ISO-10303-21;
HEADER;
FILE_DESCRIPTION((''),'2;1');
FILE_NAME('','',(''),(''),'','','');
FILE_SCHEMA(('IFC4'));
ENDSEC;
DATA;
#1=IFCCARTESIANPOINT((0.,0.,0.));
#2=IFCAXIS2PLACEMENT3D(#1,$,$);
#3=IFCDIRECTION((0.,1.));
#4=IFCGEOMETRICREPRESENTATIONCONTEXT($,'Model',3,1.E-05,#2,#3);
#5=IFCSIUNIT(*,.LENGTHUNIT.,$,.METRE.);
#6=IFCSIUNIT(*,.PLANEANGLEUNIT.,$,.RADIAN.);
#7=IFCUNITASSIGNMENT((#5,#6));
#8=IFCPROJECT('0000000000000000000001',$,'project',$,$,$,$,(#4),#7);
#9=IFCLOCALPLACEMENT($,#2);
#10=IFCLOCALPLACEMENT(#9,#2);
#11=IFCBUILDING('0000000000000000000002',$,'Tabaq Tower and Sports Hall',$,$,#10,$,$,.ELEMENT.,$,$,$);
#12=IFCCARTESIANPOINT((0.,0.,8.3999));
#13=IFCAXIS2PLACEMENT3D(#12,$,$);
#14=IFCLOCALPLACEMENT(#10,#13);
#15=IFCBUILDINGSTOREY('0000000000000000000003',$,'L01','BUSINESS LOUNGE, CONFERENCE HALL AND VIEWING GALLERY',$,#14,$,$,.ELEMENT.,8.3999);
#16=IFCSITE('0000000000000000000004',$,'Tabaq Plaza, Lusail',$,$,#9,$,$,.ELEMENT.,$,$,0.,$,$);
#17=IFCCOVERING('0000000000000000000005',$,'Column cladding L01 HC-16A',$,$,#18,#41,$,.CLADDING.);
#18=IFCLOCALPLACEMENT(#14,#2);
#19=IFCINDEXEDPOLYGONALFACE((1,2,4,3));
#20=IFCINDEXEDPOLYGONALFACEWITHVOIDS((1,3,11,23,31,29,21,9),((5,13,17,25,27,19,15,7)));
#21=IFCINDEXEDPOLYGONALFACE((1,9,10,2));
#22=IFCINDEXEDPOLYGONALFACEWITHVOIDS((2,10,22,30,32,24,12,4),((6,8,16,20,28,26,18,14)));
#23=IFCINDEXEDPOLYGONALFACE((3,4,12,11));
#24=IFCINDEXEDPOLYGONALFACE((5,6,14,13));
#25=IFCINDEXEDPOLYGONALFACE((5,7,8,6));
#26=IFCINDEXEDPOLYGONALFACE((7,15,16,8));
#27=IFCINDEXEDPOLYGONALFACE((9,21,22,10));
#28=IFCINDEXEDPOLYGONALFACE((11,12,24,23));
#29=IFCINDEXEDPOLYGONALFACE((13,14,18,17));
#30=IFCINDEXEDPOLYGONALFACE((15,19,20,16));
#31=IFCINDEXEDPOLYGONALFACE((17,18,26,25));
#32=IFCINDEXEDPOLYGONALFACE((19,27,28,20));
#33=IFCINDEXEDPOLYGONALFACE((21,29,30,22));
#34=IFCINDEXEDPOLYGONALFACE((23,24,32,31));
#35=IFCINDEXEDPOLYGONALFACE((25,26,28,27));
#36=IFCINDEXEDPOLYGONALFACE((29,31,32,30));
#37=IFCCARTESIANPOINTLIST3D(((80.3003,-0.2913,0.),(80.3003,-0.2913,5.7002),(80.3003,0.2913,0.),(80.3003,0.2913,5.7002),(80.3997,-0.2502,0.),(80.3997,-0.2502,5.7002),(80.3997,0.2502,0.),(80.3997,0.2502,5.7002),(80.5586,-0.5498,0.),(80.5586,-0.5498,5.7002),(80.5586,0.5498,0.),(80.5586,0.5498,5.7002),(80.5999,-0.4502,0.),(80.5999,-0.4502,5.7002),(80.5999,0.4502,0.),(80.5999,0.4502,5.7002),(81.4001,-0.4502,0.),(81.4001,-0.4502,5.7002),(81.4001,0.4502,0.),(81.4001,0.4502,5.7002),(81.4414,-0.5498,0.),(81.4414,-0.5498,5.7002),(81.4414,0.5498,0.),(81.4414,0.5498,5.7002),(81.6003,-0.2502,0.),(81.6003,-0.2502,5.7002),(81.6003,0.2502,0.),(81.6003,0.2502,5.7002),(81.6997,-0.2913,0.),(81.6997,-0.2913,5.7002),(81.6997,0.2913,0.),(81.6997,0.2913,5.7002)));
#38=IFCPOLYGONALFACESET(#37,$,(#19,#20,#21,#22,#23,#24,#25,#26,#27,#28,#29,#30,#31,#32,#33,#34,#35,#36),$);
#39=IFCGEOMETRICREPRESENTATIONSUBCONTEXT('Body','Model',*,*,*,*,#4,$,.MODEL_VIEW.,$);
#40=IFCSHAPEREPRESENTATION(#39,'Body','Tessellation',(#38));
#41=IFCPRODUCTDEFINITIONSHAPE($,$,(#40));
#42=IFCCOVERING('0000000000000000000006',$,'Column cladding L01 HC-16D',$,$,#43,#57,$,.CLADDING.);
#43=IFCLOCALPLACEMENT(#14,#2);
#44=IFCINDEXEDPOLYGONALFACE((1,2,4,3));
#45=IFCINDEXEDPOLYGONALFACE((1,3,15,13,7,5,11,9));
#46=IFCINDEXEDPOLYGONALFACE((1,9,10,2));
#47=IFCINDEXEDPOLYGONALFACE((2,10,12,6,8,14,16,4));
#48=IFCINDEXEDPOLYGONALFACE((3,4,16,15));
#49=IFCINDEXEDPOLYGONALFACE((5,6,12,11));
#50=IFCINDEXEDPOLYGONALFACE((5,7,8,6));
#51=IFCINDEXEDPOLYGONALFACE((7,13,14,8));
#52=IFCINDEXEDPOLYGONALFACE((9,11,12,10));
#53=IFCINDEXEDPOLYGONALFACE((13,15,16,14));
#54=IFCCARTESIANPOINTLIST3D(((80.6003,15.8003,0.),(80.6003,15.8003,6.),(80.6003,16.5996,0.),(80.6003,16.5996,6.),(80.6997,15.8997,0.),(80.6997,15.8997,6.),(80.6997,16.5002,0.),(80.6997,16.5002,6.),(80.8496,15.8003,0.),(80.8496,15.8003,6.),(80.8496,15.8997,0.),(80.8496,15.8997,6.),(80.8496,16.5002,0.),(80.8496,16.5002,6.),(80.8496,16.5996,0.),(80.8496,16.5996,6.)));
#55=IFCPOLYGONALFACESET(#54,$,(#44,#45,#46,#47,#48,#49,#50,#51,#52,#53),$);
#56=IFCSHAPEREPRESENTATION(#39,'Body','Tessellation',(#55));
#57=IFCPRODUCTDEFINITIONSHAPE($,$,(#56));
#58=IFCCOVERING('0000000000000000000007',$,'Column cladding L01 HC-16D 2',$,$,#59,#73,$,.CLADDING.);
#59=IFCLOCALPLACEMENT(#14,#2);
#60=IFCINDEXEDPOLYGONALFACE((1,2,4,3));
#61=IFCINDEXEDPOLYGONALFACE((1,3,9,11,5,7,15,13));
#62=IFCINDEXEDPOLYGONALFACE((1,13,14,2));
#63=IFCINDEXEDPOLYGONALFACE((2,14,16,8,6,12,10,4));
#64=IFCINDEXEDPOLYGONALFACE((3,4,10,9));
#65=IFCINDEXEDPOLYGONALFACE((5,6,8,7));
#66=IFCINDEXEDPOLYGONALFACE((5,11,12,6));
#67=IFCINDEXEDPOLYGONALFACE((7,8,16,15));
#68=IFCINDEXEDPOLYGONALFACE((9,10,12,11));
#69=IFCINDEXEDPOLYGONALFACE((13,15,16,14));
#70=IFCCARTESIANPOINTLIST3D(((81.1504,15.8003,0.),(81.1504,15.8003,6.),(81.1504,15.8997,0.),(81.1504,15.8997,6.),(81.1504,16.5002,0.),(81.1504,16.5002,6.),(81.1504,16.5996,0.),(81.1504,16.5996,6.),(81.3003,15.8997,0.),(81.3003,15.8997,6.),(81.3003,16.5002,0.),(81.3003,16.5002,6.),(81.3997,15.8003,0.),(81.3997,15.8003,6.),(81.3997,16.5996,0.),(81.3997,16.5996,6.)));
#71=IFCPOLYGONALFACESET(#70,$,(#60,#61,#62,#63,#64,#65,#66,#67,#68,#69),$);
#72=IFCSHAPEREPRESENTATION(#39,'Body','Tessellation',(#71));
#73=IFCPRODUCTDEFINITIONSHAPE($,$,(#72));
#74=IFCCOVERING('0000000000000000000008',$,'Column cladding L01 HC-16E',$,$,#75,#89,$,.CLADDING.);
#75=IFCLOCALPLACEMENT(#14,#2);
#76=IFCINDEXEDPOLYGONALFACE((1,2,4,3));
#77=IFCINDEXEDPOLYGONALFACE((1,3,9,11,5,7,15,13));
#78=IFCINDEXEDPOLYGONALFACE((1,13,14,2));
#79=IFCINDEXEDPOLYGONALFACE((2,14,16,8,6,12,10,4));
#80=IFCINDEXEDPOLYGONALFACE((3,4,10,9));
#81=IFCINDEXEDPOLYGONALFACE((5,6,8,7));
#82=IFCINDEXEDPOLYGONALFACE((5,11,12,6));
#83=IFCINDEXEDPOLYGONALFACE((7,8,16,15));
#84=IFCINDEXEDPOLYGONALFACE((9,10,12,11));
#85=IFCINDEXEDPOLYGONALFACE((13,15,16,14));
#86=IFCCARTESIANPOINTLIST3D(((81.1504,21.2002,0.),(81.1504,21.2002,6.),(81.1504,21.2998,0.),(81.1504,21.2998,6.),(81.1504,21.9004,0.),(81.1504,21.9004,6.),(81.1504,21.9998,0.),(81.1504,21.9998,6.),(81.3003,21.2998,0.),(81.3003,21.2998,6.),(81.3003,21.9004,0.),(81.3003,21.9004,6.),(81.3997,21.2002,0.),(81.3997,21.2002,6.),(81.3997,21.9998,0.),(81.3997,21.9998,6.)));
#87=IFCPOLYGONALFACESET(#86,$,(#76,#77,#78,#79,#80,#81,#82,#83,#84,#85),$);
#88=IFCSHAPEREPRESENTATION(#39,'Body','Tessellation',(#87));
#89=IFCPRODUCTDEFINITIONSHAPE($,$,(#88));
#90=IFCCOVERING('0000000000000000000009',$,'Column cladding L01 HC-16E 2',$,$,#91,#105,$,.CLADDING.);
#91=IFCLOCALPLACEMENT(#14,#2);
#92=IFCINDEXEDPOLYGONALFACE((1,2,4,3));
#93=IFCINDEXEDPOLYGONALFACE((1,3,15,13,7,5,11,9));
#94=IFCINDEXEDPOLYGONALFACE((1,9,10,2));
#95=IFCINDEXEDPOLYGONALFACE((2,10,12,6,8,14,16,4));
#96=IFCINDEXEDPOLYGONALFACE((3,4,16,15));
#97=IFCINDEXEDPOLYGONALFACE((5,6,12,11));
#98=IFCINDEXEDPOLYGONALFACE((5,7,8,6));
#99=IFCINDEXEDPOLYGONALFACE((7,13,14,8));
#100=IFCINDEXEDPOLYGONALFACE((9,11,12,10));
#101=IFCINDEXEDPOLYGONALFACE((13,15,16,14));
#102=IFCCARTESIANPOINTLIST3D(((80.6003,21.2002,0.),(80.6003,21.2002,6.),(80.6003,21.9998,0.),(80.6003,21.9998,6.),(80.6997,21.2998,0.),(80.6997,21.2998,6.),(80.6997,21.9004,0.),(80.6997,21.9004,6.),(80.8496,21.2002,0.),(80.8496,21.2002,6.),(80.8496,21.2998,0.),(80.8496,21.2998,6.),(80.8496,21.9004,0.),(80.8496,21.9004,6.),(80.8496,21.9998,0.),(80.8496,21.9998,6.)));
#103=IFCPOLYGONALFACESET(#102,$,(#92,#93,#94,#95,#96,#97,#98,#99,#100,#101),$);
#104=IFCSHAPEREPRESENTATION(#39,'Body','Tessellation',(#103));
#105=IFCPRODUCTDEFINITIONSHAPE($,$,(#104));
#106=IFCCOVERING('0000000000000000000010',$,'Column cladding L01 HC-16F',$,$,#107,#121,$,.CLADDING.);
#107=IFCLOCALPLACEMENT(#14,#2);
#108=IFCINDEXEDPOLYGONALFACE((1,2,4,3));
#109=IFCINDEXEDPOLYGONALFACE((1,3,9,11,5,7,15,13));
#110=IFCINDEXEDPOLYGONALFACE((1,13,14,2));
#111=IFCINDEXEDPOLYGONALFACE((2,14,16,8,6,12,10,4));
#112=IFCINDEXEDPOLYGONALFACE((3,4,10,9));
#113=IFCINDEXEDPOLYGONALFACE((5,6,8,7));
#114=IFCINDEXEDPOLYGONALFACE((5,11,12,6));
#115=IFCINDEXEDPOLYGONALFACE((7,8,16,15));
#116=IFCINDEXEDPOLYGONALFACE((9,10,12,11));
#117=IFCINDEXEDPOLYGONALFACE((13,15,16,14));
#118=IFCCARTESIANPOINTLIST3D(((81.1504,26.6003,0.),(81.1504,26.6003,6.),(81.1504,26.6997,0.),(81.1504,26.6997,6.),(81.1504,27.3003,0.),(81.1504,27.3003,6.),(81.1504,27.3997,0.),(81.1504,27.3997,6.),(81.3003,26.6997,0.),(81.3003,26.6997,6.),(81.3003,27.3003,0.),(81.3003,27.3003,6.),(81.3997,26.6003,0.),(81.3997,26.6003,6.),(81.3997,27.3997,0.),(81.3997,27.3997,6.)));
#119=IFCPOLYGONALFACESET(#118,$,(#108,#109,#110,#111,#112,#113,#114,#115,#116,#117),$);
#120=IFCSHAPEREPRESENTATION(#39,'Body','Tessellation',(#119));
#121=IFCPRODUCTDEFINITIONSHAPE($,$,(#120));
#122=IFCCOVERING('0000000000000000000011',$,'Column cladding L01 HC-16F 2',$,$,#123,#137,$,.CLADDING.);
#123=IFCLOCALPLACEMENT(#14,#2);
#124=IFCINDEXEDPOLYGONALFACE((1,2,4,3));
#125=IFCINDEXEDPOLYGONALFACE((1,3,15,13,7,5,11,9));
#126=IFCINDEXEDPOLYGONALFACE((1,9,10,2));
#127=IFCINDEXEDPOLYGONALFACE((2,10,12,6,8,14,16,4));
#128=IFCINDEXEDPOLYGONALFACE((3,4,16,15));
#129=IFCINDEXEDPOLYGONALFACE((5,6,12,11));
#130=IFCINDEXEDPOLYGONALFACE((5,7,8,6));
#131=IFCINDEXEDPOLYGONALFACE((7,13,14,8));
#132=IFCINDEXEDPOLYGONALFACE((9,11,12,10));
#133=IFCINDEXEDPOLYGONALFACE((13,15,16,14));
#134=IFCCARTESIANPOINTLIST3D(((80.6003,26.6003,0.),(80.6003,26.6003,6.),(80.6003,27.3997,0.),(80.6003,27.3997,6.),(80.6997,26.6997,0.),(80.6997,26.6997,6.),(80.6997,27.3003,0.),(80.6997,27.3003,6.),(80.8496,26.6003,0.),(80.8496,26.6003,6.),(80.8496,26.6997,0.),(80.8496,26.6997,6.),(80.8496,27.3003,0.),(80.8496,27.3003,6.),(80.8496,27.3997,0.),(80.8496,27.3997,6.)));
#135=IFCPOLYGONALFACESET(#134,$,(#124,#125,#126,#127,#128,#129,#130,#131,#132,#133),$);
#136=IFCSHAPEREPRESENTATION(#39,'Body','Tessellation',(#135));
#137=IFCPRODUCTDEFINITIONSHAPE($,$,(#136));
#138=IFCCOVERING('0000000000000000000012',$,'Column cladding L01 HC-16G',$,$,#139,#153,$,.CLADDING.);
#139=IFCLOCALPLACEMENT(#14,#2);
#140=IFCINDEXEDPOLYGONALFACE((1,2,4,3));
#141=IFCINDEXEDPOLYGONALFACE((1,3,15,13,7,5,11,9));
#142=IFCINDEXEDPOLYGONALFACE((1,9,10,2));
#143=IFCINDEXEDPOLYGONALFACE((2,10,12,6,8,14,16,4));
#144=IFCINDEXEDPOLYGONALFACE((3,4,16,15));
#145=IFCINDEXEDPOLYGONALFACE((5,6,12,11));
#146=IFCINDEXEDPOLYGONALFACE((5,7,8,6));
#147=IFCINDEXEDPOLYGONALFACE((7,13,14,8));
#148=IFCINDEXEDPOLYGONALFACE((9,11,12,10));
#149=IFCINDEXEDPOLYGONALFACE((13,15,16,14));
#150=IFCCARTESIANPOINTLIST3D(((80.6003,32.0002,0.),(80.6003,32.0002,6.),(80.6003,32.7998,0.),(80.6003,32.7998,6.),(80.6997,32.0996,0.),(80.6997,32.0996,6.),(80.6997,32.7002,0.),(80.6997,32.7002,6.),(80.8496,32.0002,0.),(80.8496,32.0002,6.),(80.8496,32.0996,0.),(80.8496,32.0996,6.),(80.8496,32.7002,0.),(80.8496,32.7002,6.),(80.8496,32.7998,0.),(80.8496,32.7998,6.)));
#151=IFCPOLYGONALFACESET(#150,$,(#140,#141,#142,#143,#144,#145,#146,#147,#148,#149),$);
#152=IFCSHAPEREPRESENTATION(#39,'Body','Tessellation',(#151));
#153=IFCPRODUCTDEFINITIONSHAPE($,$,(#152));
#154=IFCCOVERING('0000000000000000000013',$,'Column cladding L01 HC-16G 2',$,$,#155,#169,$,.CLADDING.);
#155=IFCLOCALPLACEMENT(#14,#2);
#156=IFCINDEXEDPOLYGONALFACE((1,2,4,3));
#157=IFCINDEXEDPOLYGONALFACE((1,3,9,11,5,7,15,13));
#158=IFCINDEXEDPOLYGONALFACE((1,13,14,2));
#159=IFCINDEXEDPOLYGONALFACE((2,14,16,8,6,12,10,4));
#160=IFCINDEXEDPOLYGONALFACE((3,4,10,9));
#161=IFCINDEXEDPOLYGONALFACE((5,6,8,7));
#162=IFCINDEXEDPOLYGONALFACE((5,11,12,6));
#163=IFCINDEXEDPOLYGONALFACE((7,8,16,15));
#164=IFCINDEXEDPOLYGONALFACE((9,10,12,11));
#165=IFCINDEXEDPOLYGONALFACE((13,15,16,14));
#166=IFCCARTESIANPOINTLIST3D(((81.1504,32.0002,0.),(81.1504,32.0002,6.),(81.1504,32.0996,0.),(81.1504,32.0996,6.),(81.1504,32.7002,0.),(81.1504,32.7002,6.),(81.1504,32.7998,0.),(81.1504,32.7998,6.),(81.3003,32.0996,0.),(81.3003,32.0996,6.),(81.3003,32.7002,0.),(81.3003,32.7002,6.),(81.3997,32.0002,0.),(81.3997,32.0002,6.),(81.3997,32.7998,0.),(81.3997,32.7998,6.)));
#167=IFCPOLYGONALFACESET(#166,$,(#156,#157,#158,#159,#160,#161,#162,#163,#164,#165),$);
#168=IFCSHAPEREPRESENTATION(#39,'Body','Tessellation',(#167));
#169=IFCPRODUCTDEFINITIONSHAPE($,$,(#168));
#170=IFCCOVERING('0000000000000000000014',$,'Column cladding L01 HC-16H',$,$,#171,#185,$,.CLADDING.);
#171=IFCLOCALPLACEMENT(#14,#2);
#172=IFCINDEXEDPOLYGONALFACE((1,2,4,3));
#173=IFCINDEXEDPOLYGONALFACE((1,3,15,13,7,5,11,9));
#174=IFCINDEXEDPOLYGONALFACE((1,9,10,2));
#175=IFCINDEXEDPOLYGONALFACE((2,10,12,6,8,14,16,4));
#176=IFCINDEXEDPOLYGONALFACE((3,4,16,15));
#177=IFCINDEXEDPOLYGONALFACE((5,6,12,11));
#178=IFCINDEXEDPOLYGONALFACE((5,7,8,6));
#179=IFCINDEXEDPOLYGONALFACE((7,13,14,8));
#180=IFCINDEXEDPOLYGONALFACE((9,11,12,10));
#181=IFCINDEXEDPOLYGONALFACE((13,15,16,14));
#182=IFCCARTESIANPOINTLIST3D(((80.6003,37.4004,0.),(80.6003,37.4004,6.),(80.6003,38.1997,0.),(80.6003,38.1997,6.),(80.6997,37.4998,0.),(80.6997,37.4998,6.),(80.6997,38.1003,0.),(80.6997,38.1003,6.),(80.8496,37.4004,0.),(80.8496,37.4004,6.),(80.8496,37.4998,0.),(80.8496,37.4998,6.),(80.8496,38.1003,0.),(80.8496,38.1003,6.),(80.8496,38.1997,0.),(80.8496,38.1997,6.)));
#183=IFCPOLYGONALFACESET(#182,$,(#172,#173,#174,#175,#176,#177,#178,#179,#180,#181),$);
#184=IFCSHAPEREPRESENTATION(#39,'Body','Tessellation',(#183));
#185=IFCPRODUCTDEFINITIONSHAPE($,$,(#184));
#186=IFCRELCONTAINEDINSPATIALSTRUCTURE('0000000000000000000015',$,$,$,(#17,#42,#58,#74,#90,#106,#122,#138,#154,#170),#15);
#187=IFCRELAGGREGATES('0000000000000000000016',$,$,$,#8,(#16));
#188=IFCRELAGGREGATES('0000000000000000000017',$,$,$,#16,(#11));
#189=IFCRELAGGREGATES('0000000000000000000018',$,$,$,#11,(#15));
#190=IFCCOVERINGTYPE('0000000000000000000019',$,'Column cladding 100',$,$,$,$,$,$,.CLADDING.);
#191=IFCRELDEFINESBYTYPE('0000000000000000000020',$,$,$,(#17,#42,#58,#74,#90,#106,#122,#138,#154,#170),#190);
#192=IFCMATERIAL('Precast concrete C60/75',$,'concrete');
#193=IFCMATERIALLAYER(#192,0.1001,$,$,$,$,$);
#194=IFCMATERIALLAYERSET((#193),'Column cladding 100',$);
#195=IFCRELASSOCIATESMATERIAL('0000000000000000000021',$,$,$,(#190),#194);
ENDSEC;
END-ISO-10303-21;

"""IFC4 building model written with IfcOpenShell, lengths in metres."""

from ifc_helpers import new_model, si_unit, direction, frame, origin, place, context, subcontext, project, spatial, polyline, outline, extrude, material, layer, layer_set, type_object, element, save


model = new_model("IFC4")

# Units and contexts
model_context = context("Model", 3, precision=1e-05, world=origin(), true_north=direction((0.0, 1.0)))
body_context = subcontext(model_context, "Body", "Model", "MODEL_VIEW")
ifc_project = project(units=[si_unit("LENGTHUNIT", "METRE"), si_unit("PLANEANGLEUNIT", "RADIAN")], contexts=[model_context])

# Site, building, storey
site_placement = place(None, origin())
site = spatial("IfcSite", under=ifc_project, at=site_placement, Name="Tabaq Plaza, Lusail", CompositionType="ELEMENT", RefElevation=0.0)
building_placement = place(site_placement, origin())
building = spatial("IfcBuilding", under=site, at=building_placement, Name="Tabaq Tower and Sports Hall", CompositionType="ELEMENT")
storey_placement = place(building_placement, frame((0.0, 0.0, 8.3999)))
storey = spatial("IfcBuildingStorey", under=building, at=storey_placement, Name="L01", Description="BUSINESS LOUNGE, CONFERENCE HALL AND VIEWING GALLERY", CompositionType="ELEMENT", Elevation=8.3999)

# Coverings
ifc_material_1 = material(Name="Precast concrete C60/75", Category="concrete")
ifc_layer_1 = layer(ifc_material_1, 0.1001)
ifc_layer_set_1 = layer_set([ifc_layer_1], Name="Column cladding 100")
covering_type = type_object("IfcCoveringType", Name="Column cladding 100", PredefinedType="CLADDING", material=ifc_layer_set_1)
covering_1_placement = place(storey_placement, origin())
element("IfcCovering", 1, at=covering_1_placement, inside=storey, type_object=covering_type, Name="Column cladding L01 HC-16A", PredefinedType="CLADDING", context=body_context, shape_type="SweptSolid", body=[
    extrude(outline(polyline([(80.3003, -0.2913), (80.3003, 0.2913), (80.5586, 0.5498), (81.4414, 0.5498), (81.6997, 0.2913), (81.6997, -0.2913), (81.4414, -0.5498), (80.5586, -0.5498), (80.3003, -0.2913)]), holes=[polyline([(81.4001, -0.4502), (81.6003, -0.2502), (81.6003, 0.2502), (81.4001, 0.4502), (80.5999, 0.4502), (80.3997, 0.2502), (80.3997, -0.2502), (80.5999, -0.4502), (81.4001, -0.4502)])]), origin(), (0.0, 0.0, 1.0), 5.7002),
])
covering_2_placement = place(storey_placement, origin())
element("IfcCovering", 2, at=covering_2_placement, inside=storey, type_object=covering_type, Name="Column cladding L01 HC-16D", PredefinedType="CLADDING", context=body_context, shape_type="SweptSolid", body=[
    extrude(outline(polyline([(80.8496, 16.5996), (80.8496, 16.5002), (80.6997, 16.5002), (80.6997, 15.8997), (80.8496, 15.8997), (80.8496, 15.8003), (80.6003, 15.8003), (80.6003, 16.5996), (80.8496, 16.5996)])), origin(), (0.0, 0.0, 1.0), 6.0),
])
covering_3_placement = place(storey_placement, origin())
element("IfcCovering", 3, at=covering_3_placement, inside=storey, type_object=covering_type, Name="Column cladding L01 HC-16D 2", PredefinedType="CLADDING", context=body_context, shape_type="SweptSolid", body=[
    extrude(outline(polyline([(81.3997, 16.5996), (81.3997, 15.8003), (81.1504, 15.8003), (81.1504, 15.8997), (81.3003, 15.8997), (81.3003, 16.5002), (81.1504, 16.5002), (81.1504, 16.5996), (81.3997, 16.5996)])), origin(), (0.0, 0.0, 1.0), 6.0),
])
covering_4_placement = place(storey_placement, origin())
element("IfcCovering", 4, at=covering_4_placement, inside=storey, type_object=covering_type, Name="Column cladding L01 HC-16E", PredefinedType="CLADDING", context=body_context, shape_type="SweptSolid", body=[
    extrude(outline(polyline([(81.3997, 21.9998), (81.3997, 21.2002), (81.1504, 21.2002), (81.1504, 21.2998), (81.3003, 21.2998), (81.3003, 21.9004), (81.1504, 21.9004), (81.1504, 21.9998), (81.3997, 21.9998)])), origin(), (0.0, 0.0, 1.0), 6.0),
])
covering_5_placement = place(storey_placement, origin())
element("IfcCovering", 5, at=covering_5_placement, inside=storey, type_object=covering_type, Name="Column cladding L01 HC-16E 2", PredefinedType="CLADDING", context=body_context, shape_type="SweptSolid", body=[
    extrude(outline(polyline([(80.8496, 21.9998), (80.8496, 21.9004), (80.6997, 21.9004), (80.6997, 21.2998), (80.8496, 21.2998), (80.8496, 21.2002), (80.6003, 21.2002), (80.6003, 21.9998), (80.8496, 21.9998)])), origin(), (0.0, 0.0, 1.0), 6.0),
])
covering_6_placement = place(storey_placement, origin())
element("IfcCovering", 6, at=covering_6_placement, inside=storey, type_object=covering_type, Name="Column cladding L01 HC-16F", PredefinedType="CLADDING", context=body_context, shape_type="SweptSolid", body=[
    extrude(outline(polyline([(81.3997, 27.3997), (81.3997, 26.6003), (81.1504, 26.6003), (81.1504, 26.6997), (81.3003, 26.6997), (81.3003, 27.3003), (81.1504, 27.3003), (81.1504, 27.3997), (81.3997, 27.3997)])), origin(), (0.0, 0.0, 1.0), 6.0),
])
covering_7_placement = place(storey_placement, origin())
element("IfcCovering", 7, at=covering_7_placement, inside=storey, type_object=covering_type, Name="Column cladding L01 HC-16F 2", PredefinedType="CLADDING", context=body_context, shape_type="SweptSolid", body=[
    extrude(outline(polyline([(80.8496, 27.3997), (80.8496, 27.3003), (80.6997, 27.3003), (80.6997, 26.6997), (80.8496, 26.6997), (80.8496, 26.6003), (80.6003, 26.6003), (80.6003, 27.3997), (80.8496, 27.3997)])), origin(), (0.0, 0.0, 1.0), 6.0),
])
covering_8_placement = place(storey_placement, origin())
element("IfcCovering", 8, at=covering_8_placement, inside=storey, type_object=covering_type, Name="Column cladding L01 HC-16G", PredefinedType="CLADDING", context=body_context, shape_type="SweptSolid", body=[
    extrude(outline(polyline([(80.8496, 32.7998), (80.8496, 32.7002), (80.6997, 32.7002), (80.6997, 32.0996), (80.8496, 32.0996), (80.8496, 32.0002), (80.6003, 32.0002), (80.6003, 32.7998), (80.8496, 32.7998)])), origin(), (0.0, 0.0, 1.0), 6.0),
])
covering_9_placement = place(storey_placement, origin())
element("IfcCovering", 9, at=covering_9_placement, inside=storey, type_object=covering_type, Name="Column cladding L01 HC-16G 2", PredefinedType="CLADDING", context=body_context, shape_type="SweptSolid", body=[
    extrude(outline(polyline([(81.3997, 32.7998), (81.3997, 32.0002), (81.1504, 32.0002), (81.1504, 32.0996), (81.3003, 32.0996), (81.3003, 32.7002), (81.1504, 32.7002), (81.1504, 32.7998), (81.3997, 32.7998)])), origin(), (0.0, 0.0, 1.0), 6.0),
])
covering_10_placement = place(storey_placement, origin())
element("IfcCovering", 10, at=covering_10_placement, inside=storey, type_object=covering_type, Name="Column cladding L01 HC-16H", PredefinedType="CLADDING", context=body_context, shape_type="SweptSolid", body=[
    extrude(outline(polyline([(80.8496, 38.1997), (80.8496, 38.1003), (80.6997, 38.1003), (80.6997, 37.4998), (80.8496, 37.4998), (80.8496, 37.4004), (80.6003, 37.4004), (80.6003, 38.1997), (80.8496, 38.1997)])), origin(), (0.0, 0.0, 1.0), 6.0),
])

save(model, "model.ifc")
